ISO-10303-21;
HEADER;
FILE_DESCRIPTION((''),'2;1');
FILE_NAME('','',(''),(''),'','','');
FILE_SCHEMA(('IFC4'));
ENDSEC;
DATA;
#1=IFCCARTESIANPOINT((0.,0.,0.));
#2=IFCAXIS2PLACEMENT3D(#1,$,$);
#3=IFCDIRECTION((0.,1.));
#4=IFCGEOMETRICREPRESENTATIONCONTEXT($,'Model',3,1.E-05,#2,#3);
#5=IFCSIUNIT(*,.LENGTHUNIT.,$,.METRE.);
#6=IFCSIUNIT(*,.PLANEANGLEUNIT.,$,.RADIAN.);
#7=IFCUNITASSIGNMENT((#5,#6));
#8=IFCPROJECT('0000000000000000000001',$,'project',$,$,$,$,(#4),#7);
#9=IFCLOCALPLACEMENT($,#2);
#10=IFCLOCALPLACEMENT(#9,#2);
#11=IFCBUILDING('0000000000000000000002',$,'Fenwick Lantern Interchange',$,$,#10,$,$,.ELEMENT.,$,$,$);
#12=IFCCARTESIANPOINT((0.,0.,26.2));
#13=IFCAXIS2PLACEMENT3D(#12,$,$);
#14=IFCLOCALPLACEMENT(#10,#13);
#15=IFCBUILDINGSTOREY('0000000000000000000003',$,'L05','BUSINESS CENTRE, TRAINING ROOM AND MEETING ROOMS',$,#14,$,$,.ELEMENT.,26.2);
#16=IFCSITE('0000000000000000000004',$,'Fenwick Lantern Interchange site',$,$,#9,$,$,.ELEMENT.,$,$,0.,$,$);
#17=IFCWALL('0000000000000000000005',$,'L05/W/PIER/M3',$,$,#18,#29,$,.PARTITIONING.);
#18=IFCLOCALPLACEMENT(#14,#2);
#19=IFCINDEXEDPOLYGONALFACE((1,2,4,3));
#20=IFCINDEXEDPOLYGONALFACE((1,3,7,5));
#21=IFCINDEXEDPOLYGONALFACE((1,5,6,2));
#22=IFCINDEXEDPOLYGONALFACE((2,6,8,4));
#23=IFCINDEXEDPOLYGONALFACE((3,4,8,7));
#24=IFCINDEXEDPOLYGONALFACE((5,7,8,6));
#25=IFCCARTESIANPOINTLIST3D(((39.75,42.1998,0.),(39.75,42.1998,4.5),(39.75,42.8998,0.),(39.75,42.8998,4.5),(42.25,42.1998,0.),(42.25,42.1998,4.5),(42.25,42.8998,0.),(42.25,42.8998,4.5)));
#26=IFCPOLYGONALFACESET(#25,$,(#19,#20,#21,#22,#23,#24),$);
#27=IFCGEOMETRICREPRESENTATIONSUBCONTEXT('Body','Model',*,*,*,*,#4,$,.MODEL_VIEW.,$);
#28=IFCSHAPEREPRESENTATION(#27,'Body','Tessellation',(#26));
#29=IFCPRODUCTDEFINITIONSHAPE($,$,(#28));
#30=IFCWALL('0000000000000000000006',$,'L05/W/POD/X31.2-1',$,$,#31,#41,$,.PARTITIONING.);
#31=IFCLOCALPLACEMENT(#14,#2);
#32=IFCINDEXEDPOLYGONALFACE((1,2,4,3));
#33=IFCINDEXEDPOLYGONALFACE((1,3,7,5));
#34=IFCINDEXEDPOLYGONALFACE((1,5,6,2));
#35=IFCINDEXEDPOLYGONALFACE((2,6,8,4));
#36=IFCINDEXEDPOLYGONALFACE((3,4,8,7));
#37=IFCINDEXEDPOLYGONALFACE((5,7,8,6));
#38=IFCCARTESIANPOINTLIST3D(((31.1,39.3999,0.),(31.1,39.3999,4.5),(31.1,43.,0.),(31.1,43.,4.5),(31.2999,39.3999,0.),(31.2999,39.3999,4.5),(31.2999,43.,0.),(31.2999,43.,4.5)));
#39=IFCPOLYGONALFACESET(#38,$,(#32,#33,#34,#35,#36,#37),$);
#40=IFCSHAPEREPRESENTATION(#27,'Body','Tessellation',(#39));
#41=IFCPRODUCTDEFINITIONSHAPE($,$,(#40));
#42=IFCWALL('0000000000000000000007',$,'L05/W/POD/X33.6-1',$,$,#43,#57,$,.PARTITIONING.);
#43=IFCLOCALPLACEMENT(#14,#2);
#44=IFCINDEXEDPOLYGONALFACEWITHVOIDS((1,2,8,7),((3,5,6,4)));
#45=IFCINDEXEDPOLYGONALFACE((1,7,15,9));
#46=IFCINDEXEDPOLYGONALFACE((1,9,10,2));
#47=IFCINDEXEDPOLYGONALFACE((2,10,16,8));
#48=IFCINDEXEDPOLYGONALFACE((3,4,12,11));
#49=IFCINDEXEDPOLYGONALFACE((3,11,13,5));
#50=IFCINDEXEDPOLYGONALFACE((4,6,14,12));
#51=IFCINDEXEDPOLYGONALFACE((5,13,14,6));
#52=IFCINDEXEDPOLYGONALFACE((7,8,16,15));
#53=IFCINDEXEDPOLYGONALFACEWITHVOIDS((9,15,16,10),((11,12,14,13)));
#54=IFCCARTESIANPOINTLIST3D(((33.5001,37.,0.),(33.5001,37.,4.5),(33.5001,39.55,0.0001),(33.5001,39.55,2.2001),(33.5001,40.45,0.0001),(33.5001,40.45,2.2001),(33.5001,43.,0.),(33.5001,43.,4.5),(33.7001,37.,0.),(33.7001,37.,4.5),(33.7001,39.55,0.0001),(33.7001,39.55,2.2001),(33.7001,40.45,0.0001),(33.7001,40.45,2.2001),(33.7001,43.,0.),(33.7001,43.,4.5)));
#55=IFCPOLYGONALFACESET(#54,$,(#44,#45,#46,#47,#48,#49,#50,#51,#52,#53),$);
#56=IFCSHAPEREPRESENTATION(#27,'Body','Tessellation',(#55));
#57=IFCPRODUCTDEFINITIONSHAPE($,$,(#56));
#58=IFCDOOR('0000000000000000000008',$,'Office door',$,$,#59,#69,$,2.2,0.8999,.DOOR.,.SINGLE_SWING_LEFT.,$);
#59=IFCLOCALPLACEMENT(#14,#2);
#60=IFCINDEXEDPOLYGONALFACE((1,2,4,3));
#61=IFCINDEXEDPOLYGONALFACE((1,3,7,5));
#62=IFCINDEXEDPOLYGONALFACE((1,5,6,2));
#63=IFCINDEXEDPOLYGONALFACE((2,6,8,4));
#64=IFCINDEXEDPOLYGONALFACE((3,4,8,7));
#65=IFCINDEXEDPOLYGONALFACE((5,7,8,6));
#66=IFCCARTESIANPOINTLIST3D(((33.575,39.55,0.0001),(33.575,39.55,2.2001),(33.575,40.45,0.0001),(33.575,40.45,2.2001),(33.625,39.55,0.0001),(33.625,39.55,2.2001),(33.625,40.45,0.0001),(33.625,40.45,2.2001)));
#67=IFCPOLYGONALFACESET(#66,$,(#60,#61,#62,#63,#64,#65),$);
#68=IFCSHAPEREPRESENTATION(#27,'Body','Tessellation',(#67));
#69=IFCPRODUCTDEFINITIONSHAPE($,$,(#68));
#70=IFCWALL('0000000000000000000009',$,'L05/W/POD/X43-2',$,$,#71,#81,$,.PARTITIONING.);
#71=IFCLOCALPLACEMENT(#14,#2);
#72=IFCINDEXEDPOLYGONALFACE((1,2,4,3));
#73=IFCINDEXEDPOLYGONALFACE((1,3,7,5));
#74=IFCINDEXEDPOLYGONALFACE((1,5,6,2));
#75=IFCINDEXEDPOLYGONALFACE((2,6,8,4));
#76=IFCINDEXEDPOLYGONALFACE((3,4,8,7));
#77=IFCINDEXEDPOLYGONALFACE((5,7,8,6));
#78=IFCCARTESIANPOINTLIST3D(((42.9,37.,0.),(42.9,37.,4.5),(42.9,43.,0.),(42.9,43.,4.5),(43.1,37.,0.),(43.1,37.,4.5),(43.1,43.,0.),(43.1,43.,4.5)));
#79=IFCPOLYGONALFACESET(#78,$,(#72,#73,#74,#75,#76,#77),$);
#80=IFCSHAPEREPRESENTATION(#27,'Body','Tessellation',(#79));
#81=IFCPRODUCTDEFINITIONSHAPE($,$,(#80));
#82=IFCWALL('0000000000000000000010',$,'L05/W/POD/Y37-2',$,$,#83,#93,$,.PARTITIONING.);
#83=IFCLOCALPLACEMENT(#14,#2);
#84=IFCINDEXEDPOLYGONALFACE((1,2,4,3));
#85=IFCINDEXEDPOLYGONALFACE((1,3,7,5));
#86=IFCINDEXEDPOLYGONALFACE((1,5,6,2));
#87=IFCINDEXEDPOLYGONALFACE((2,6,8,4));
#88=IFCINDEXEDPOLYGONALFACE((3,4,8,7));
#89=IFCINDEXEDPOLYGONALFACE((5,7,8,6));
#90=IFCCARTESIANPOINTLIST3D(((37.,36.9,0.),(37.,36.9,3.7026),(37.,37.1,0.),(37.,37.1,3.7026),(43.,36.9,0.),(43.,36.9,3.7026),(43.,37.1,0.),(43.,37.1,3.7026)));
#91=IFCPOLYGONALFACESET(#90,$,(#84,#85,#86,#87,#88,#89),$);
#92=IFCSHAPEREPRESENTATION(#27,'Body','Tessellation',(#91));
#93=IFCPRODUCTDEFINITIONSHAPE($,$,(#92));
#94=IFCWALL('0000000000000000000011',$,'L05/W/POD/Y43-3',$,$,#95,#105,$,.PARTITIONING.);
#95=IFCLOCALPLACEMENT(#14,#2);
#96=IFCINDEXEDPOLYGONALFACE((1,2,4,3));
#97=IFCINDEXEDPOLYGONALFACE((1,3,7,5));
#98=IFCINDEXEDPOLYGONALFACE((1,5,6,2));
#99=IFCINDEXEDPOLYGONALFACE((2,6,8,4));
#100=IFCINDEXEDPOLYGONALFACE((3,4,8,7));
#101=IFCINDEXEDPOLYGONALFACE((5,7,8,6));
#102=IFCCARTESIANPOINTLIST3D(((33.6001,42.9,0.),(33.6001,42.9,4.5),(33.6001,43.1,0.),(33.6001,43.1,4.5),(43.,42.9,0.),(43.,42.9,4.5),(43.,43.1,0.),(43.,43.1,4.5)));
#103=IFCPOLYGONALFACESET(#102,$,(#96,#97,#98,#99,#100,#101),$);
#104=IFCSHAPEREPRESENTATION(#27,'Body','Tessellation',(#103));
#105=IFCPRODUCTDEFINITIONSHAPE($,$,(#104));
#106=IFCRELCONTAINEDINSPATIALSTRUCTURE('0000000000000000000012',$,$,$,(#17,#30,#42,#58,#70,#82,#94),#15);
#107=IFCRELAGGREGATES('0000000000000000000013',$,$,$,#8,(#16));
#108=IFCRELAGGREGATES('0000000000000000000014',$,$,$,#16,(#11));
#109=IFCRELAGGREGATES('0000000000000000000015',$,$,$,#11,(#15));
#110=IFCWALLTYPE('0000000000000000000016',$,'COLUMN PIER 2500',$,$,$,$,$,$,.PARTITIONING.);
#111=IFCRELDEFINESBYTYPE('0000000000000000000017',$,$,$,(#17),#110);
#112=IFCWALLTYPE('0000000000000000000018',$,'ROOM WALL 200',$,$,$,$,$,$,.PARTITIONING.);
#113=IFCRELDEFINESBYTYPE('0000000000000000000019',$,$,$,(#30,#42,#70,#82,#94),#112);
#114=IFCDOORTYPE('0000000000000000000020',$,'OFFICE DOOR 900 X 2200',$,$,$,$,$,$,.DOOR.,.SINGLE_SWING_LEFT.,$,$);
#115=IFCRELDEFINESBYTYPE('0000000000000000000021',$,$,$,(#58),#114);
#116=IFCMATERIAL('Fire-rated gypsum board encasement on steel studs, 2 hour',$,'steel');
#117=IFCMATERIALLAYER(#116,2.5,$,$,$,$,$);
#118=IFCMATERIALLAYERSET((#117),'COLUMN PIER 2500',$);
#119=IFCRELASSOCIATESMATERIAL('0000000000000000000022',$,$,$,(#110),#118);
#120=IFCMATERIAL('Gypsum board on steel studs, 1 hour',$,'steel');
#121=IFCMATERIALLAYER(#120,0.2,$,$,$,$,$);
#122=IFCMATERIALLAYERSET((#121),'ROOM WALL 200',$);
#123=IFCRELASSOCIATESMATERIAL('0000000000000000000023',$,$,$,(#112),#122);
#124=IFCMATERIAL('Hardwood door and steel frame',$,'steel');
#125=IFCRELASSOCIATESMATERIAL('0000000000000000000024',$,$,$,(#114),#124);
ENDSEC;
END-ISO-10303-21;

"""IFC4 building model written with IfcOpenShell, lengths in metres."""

from ifc_helpers import new_model, si_unit, direction, frame, frame_2d, origin, place, context, subcontext, project, spatial, rectangle, extrude, material, layer, layer_set, type_object, element, fill, save


model = new_model("IFC4")

# Units and contexts
model_context = context("Model", 3, precision=1e-05, world=origin(), true_north=direction((0.0, 1.0)))
body_context = subcontext(model_context, "Body", "Model", "MODEL_VIEW")
ifc_project = project(units=[si_unit("LENGTHUNIT", "METRE"), si_unit("PLANEANGLEUNIT", "RADIAN")], contexts=[model_context])

# Site, building, storey
site_placement = place(None, origin())
site = spatial("IfcSite", under=ifc_project, at=site_placement, Name="Fenwick Lantern Interchange site", CompositionType="ELEMENT", RefElevation=0.0)
building_placement = place(site_placement, origin())
building = spatial("IfcBuilding", under=site, at=building_placement, Name="Fenwick Lantern Interchange", CompositionType="ELEMENT")
storey_placement = place(building_placement, frame((0.0, 0.0, 26.2)))
storey = spatial("IfcBuildingStorey", under=building, at=storey_placement, Name="L05", Description="BUSINESS CENTRE, TRAINING ROOM AND MEETING ROOMS", CompositionType="ELEMENT", Elevation=26.2)

# Wall
ifc_material_1 = material(Name="Fire-rated gypsum board encasement on steel studs, 2 hour", Category="steel")
ifc_layer_1 = layer(ifc_material_1, 2.5)
ifc_layer_set_1 = layer_set([ifc_layer_1], Name="COLUMN PIER 2500")
wall_type_1 = type_object("IfcWallType", Name="COLUMN PIER 2500", PredefinedType="PARTITIONING", material=ifc_layer_set_1)
wall_1_placement = place(storey_placement, frame((41.0, 42.8999, 0.0), z_axis=(0.0, 0.0, 1.0), x_axis=(0.0, -1.0, 0.0)))
element("IfcWall", 1, at=wall_1_placement, inside=storey, type_object=wall_type_1, Name="L05/W/PIER/M3", PredefinedType="PARTITIONING", context=body_context, shape_type="SweptSolid", body=[
    extrude(rectangle(XDim=0.7, YDim=2.5, at=frame_2d((0.3501, 0.0))), origin(), (0.0, 0.0, 1.0), 4.5),
])

# Shared definitions
ifc_material_2 = material(Name="Hardwood door and steel frame", Category="steel")

# Wall
ifc_material_3 = material(Name="Gypsum board on steel studs, 1 hour", Category="steel")
ifc_layer_2 = layer(ifc_material_3, 0.2)
ifc_layer_set_2 = layer_set([ifc_layer_2], Name="ROOM WALL 200")
wall_type_2 = type_object("IfcWallType", Name="ROOM WALL 200", PredefinedType="PARTITIONING", material=ifc_layer_set_2)
wall_2_placement = place(storey_placement, frame((31.2, 39.3999, 0.0), z_axis=(0.0, 0.0, 1.0), x_axis=(0.0, 1.0, 0.0)))
element("IfcWall", 2, at=wall_2_placement, inside=storey, type_object=wall_type_2, Name="L05/W/POD/X31.2-1", PredefinedType="PARTITIONING", context=body_context, shape_type="SweptSolid", body=[
    extrude(rectangle(XDim=3.6001, YDim=0.2, at=frame_2d((1.8, 0.0))), origin(), (0.0, 0.0, 1.0), 4.5),
])

# Wall, opening, door
wall_3_placement = place(storey_placement, frame((33.6001, 37.0, 0.0), z_axis=(0.0, 0.0, 1.0), x_axis=(0.0, 1.0, 0.0)))
wall_3 = element("IfcWall", 3, at=wall_3_placement, inside=storey, type_object=wall_type_2, Name="L05/W/POD/X33.6-1", PredefinedType="PARTITIONING", context=body_context, shape_type="SweptSolid", body=[
    extrude(rectangle(XDim=6.0, YDim=0.2, at=frame_2d((3.0, 0.0))), origin(), (0.0, 0.0, 1.0), 4.5),
])
opening_1_placement = place(wall_3_placement, frame((2.55, 0.0, 0.0)))
opening_1 = element("IfcOpeningElement", 4, at=opening_1_placement, cuts=wall_3, PredefinedType="OPENING", context=body_context, shape_type="SweptSolid", body=[
    extrude(rectangle(XDim=0.8999, YDim=2.2, at=frame_2d((0.45, 1.1001))), frame((0.0, 0.1099, 0.0), z_axis=(0.0, -1.0, 0.0), x_axis=(1.0, 0.0, 0.0)), (0.0, 0.0, 1.0), 0.22),
])
door_type_1 = type_object("IfcDoorType", Name="OFFICE DOOR 900 X 2200", OperationType="SINGLE_SWING_LEFT", PredefinedType="DOOR", material=ifc_material_2)
door_1_placement = place(opening_1_placement, frame((0.8999, 0.0, 0.0), z_axis=(0.0, 0.0, 1.0), x_axis=(-1.0, 0.0, 0.0)))
door_1 = element("IfcDoor", 5, at=door_1_placement, inside=storey, type_object=door_type_1, Name="Office door", OperationType="SINGLE_SWING_LEFT", OverallHeight=2.2, OverallWidth=0.8999, PredefinedType="DOOR", context=body_context, shape_type="SweptSolid", body=[
    extrude(rectangle(XDim=0.8999, YDim=2.2, at=frame_2d((0.45, 1.1001))), frame((0.0, 0.0249, 0.0), z_axis=(0.0, -1.0, 0.0), x_axis=(1.0, 0.0, 0.0)), (0.0, 0.0, 1.0), 0.05),
])
fill(opening_1, door_1)

# Walls
wall_4_placement = place(storey_placement, frame((43.0, 37.0, 0.0), z_axis=(0.0, 0.0, 1.0), x_axis=(0.0, 1.0, 0.0)))
element("IfcWall", 6, at=wall_4_placement, inside=storey, type_object=wall_type_2, Name="L05/W/POD/X43-2", PredefinedType="PARTITIONING", context=body_context, shape_type="SweptSolid", body=[
    extrude(rectangle(XDim=6.0, YDim=0.2, at=frame_2d((3.0, 0.0))), origin(), (0.0, 0.0, 1.0), 4.5),
])
wall_5_placement = place(storey_placement, frame((37.0, 37.0, 0.0), z_axis=(0.0, 0.0, 1.0), x_axis=(1.0, 0.0, 0.0)))
element("IfcWall", 7, at=wall_5_placement, inside=storey, type_object=wall_type_2, Name="L05/W/POD/Y37-2", PredefinedType="PARTITIONING", context=body_context, shape_type="SweptSolid", body=[
    extrude(rectangle(XDim=6.0, YDim=0.2, at=frame_2d((3.0, 0.0))), origin(), (0.0, 0.0, 1.0), 3.7026),
])
wall_6_placement = place(storey_placement, frame((33.6001, 43.0, 0.0), z_axis=(0.0, 0.0, 1.0), x_axis=(1.0, 0.0, 0.0)))
element("IfcWall", 8, at=wall_6_placement, inside=storey, type_object=wall_type_2, Name="L05/W/POD/Y43-3", PredefinedType="PARTITIONING", context=body_context, shape_type="SweptSolid", body=[
    extrude(rectangle(XDim=9.3999, YDim=0.2, at=frame_2d((4.7, 0.0))), origin(), (0.0, 0.0, 1.0), 4.5),
])

save(model, "model.ifc")
